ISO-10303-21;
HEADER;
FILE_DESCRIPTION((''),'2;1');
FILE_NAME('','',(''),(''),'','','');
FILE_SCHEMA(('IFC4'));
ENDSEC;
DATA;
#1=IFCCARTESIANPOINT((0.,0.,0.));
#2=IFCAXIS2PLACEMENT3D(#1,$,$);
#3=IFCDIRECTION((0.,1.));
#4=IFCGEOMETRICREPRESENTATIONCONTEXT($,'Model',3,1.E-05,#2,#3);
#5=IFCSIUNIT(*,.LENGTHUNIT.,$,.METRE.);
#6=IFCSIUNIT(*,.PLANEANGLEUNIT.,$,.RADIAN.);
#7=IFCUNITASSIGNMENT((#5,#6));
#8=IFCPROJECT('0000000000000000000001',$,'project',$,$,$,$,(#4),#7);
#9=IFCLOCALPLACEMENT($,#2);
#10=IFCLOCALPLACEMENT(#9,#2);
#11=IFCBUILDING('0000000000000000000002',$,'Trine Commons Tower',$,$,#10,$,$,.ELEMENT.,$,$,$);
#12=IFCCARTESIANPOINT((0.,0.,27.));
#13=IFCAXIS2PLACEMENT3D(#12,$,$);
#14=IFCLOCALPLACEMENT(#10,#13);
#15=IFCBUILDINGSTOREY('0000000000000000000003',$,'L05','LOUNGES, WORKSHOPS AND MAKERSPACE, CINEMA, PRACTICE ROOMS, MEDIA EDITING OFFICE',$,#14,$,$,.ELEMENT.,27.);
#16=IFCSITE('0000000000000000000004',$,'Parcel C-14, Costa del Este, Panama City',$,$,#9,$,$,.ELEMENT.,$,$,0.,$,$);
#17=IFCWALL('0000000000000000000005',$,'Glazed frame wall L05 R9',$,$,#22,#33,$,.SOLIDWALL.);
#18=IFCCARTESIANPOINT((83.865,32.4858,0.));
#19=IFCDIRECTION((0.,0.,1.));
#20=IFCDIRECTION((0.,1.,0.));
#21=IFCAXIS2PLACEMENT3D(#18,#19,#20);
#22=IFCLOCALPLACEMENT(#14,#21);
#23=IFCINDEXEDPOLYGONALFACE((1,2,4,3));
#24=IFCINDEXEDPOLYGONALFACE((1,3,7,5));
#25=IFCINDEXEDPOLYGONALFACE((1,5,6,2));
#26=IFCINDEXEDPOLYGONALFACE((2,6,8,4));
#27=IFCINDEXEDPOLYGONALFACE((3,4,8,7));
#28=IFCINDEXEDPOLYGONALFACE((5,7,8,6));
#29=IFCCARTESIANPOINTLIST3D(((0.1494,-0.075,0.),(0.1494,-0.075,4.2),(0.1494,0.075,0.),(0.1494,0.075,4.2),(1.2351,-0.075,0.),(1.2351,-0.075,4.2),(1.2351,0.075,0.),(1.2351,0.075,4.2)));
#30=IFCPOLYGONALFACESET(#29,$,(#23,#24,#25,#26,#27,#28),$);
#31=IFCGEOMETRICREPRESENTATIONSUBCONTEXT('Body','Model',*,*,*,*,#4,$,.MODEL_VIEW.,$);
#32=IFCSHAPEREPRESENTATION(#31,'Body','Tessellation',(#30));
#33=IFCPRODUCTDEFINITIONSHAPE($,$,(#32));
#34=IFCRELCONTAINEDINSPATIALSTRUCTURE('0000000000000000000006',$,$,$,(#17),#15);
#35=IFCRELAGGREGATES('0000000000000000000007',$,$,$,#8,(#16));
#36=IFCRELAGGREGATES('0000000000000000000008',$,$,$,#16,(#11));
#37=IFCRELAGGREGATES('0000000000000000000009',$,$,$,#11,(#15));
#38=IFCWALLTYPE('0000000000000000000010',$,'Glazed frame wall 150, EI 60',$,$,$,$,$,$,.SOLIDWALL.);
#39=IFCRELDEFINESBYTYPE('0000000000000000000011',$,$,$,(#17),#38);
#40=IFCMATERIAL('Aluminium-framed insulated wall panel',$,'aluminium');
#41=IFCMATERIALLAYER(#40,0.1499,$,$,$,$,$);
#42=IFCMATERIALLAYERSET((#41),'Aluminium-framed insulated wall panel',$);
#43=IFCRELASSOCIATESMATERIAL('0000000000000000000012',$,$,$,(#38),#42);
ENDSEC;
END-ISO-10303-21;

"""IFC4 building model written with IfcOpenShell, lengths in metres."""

from ifc_helpers import new_model, si_unit, direction, frame, origin, place, context, subcontext, project, spatial, polyline, outline, extrude, material, layer, layer_set, type_object, element, save


model = new_model("IFC4")

# Units and contexts
model_context = context("Model", 3, precision=1e-05, world=origin(), true_north=direction((0.0, 1.0)))
body_context = subcontext(model_context, "Body", "Model", "MODEL_VIEW")
ifc_project = project(units=[si_unit("LENGTHUNIT", "METRE"), si_unit("PLANEANGLEUNIT", "RADIAN")], contexts=[model_context])

# Site, building, storey
site_placement = place(None, origin())
site = spatial("IfcSite", under=ifc_project, at=site_placement, Name="Parcel C-14, Costa del Este, Panama City", CompositionType="ELEMENT", RefElevation=0.0)
building_placement = place(site_placement, origin())
building = spatial("IfcBuilding", under=site, at=building_placement, Name="Trine Commons Tower", CompositionType="ELEMENT")
storey_placement = place(building_placement, frame((0.0, 0.0, 27.0)))
storey = spatial("IfcBuildingStorey", under=building, at=storey_placement, Name="L05", Description="LOUNGES, WORKSHOPS AND MAKERSPACE, CINEMA, PRACTICE ROOMS, MEDIA EDITING OFFICE", CompositionType="ELEMENT", Elevation=27.0)

# Wall
ifc_material_1 = material(Name="Aluminium-framed insulated wall panel", Category="aluminium")
ifc_layer_1 = layer(ifc_material_1, 0.1499)
ifc_layer_set_1 = layer_set([ifc_layer_1], Name="Aluminium-framed insulated wall panel")
wall_type = type_object("IfcWallType", Name="Glazed frame wall 150, EI 60", PredefinedType="SOLIDWALL", material=ifc_layer_set_1)
wall_placement = place(storey_placement, frame((83.865, 32.4858, 0.0), z_axis=(0.0, 0.0, 1.0), x_axis=(0.0, 1.0, 0.0)))
element("IfcWall", 1, at=wall_placement, inside=storey, type_object=wall_type, Name="Glazed frame wall L05 R9", PredefinedType="SOLIDWALL", context=body_context, shape_type="SweptSolid", body=[
    extrude(outline(polyline([(0.1494, 0.075), (0.1494, -0.075), (1.2351, -0.075), (1.2351, 0.075), (0.1494, 0.075)])), origin(), (0.0, 0.0, 1.0), 4.2),
])

save(model, "model.ifc")
